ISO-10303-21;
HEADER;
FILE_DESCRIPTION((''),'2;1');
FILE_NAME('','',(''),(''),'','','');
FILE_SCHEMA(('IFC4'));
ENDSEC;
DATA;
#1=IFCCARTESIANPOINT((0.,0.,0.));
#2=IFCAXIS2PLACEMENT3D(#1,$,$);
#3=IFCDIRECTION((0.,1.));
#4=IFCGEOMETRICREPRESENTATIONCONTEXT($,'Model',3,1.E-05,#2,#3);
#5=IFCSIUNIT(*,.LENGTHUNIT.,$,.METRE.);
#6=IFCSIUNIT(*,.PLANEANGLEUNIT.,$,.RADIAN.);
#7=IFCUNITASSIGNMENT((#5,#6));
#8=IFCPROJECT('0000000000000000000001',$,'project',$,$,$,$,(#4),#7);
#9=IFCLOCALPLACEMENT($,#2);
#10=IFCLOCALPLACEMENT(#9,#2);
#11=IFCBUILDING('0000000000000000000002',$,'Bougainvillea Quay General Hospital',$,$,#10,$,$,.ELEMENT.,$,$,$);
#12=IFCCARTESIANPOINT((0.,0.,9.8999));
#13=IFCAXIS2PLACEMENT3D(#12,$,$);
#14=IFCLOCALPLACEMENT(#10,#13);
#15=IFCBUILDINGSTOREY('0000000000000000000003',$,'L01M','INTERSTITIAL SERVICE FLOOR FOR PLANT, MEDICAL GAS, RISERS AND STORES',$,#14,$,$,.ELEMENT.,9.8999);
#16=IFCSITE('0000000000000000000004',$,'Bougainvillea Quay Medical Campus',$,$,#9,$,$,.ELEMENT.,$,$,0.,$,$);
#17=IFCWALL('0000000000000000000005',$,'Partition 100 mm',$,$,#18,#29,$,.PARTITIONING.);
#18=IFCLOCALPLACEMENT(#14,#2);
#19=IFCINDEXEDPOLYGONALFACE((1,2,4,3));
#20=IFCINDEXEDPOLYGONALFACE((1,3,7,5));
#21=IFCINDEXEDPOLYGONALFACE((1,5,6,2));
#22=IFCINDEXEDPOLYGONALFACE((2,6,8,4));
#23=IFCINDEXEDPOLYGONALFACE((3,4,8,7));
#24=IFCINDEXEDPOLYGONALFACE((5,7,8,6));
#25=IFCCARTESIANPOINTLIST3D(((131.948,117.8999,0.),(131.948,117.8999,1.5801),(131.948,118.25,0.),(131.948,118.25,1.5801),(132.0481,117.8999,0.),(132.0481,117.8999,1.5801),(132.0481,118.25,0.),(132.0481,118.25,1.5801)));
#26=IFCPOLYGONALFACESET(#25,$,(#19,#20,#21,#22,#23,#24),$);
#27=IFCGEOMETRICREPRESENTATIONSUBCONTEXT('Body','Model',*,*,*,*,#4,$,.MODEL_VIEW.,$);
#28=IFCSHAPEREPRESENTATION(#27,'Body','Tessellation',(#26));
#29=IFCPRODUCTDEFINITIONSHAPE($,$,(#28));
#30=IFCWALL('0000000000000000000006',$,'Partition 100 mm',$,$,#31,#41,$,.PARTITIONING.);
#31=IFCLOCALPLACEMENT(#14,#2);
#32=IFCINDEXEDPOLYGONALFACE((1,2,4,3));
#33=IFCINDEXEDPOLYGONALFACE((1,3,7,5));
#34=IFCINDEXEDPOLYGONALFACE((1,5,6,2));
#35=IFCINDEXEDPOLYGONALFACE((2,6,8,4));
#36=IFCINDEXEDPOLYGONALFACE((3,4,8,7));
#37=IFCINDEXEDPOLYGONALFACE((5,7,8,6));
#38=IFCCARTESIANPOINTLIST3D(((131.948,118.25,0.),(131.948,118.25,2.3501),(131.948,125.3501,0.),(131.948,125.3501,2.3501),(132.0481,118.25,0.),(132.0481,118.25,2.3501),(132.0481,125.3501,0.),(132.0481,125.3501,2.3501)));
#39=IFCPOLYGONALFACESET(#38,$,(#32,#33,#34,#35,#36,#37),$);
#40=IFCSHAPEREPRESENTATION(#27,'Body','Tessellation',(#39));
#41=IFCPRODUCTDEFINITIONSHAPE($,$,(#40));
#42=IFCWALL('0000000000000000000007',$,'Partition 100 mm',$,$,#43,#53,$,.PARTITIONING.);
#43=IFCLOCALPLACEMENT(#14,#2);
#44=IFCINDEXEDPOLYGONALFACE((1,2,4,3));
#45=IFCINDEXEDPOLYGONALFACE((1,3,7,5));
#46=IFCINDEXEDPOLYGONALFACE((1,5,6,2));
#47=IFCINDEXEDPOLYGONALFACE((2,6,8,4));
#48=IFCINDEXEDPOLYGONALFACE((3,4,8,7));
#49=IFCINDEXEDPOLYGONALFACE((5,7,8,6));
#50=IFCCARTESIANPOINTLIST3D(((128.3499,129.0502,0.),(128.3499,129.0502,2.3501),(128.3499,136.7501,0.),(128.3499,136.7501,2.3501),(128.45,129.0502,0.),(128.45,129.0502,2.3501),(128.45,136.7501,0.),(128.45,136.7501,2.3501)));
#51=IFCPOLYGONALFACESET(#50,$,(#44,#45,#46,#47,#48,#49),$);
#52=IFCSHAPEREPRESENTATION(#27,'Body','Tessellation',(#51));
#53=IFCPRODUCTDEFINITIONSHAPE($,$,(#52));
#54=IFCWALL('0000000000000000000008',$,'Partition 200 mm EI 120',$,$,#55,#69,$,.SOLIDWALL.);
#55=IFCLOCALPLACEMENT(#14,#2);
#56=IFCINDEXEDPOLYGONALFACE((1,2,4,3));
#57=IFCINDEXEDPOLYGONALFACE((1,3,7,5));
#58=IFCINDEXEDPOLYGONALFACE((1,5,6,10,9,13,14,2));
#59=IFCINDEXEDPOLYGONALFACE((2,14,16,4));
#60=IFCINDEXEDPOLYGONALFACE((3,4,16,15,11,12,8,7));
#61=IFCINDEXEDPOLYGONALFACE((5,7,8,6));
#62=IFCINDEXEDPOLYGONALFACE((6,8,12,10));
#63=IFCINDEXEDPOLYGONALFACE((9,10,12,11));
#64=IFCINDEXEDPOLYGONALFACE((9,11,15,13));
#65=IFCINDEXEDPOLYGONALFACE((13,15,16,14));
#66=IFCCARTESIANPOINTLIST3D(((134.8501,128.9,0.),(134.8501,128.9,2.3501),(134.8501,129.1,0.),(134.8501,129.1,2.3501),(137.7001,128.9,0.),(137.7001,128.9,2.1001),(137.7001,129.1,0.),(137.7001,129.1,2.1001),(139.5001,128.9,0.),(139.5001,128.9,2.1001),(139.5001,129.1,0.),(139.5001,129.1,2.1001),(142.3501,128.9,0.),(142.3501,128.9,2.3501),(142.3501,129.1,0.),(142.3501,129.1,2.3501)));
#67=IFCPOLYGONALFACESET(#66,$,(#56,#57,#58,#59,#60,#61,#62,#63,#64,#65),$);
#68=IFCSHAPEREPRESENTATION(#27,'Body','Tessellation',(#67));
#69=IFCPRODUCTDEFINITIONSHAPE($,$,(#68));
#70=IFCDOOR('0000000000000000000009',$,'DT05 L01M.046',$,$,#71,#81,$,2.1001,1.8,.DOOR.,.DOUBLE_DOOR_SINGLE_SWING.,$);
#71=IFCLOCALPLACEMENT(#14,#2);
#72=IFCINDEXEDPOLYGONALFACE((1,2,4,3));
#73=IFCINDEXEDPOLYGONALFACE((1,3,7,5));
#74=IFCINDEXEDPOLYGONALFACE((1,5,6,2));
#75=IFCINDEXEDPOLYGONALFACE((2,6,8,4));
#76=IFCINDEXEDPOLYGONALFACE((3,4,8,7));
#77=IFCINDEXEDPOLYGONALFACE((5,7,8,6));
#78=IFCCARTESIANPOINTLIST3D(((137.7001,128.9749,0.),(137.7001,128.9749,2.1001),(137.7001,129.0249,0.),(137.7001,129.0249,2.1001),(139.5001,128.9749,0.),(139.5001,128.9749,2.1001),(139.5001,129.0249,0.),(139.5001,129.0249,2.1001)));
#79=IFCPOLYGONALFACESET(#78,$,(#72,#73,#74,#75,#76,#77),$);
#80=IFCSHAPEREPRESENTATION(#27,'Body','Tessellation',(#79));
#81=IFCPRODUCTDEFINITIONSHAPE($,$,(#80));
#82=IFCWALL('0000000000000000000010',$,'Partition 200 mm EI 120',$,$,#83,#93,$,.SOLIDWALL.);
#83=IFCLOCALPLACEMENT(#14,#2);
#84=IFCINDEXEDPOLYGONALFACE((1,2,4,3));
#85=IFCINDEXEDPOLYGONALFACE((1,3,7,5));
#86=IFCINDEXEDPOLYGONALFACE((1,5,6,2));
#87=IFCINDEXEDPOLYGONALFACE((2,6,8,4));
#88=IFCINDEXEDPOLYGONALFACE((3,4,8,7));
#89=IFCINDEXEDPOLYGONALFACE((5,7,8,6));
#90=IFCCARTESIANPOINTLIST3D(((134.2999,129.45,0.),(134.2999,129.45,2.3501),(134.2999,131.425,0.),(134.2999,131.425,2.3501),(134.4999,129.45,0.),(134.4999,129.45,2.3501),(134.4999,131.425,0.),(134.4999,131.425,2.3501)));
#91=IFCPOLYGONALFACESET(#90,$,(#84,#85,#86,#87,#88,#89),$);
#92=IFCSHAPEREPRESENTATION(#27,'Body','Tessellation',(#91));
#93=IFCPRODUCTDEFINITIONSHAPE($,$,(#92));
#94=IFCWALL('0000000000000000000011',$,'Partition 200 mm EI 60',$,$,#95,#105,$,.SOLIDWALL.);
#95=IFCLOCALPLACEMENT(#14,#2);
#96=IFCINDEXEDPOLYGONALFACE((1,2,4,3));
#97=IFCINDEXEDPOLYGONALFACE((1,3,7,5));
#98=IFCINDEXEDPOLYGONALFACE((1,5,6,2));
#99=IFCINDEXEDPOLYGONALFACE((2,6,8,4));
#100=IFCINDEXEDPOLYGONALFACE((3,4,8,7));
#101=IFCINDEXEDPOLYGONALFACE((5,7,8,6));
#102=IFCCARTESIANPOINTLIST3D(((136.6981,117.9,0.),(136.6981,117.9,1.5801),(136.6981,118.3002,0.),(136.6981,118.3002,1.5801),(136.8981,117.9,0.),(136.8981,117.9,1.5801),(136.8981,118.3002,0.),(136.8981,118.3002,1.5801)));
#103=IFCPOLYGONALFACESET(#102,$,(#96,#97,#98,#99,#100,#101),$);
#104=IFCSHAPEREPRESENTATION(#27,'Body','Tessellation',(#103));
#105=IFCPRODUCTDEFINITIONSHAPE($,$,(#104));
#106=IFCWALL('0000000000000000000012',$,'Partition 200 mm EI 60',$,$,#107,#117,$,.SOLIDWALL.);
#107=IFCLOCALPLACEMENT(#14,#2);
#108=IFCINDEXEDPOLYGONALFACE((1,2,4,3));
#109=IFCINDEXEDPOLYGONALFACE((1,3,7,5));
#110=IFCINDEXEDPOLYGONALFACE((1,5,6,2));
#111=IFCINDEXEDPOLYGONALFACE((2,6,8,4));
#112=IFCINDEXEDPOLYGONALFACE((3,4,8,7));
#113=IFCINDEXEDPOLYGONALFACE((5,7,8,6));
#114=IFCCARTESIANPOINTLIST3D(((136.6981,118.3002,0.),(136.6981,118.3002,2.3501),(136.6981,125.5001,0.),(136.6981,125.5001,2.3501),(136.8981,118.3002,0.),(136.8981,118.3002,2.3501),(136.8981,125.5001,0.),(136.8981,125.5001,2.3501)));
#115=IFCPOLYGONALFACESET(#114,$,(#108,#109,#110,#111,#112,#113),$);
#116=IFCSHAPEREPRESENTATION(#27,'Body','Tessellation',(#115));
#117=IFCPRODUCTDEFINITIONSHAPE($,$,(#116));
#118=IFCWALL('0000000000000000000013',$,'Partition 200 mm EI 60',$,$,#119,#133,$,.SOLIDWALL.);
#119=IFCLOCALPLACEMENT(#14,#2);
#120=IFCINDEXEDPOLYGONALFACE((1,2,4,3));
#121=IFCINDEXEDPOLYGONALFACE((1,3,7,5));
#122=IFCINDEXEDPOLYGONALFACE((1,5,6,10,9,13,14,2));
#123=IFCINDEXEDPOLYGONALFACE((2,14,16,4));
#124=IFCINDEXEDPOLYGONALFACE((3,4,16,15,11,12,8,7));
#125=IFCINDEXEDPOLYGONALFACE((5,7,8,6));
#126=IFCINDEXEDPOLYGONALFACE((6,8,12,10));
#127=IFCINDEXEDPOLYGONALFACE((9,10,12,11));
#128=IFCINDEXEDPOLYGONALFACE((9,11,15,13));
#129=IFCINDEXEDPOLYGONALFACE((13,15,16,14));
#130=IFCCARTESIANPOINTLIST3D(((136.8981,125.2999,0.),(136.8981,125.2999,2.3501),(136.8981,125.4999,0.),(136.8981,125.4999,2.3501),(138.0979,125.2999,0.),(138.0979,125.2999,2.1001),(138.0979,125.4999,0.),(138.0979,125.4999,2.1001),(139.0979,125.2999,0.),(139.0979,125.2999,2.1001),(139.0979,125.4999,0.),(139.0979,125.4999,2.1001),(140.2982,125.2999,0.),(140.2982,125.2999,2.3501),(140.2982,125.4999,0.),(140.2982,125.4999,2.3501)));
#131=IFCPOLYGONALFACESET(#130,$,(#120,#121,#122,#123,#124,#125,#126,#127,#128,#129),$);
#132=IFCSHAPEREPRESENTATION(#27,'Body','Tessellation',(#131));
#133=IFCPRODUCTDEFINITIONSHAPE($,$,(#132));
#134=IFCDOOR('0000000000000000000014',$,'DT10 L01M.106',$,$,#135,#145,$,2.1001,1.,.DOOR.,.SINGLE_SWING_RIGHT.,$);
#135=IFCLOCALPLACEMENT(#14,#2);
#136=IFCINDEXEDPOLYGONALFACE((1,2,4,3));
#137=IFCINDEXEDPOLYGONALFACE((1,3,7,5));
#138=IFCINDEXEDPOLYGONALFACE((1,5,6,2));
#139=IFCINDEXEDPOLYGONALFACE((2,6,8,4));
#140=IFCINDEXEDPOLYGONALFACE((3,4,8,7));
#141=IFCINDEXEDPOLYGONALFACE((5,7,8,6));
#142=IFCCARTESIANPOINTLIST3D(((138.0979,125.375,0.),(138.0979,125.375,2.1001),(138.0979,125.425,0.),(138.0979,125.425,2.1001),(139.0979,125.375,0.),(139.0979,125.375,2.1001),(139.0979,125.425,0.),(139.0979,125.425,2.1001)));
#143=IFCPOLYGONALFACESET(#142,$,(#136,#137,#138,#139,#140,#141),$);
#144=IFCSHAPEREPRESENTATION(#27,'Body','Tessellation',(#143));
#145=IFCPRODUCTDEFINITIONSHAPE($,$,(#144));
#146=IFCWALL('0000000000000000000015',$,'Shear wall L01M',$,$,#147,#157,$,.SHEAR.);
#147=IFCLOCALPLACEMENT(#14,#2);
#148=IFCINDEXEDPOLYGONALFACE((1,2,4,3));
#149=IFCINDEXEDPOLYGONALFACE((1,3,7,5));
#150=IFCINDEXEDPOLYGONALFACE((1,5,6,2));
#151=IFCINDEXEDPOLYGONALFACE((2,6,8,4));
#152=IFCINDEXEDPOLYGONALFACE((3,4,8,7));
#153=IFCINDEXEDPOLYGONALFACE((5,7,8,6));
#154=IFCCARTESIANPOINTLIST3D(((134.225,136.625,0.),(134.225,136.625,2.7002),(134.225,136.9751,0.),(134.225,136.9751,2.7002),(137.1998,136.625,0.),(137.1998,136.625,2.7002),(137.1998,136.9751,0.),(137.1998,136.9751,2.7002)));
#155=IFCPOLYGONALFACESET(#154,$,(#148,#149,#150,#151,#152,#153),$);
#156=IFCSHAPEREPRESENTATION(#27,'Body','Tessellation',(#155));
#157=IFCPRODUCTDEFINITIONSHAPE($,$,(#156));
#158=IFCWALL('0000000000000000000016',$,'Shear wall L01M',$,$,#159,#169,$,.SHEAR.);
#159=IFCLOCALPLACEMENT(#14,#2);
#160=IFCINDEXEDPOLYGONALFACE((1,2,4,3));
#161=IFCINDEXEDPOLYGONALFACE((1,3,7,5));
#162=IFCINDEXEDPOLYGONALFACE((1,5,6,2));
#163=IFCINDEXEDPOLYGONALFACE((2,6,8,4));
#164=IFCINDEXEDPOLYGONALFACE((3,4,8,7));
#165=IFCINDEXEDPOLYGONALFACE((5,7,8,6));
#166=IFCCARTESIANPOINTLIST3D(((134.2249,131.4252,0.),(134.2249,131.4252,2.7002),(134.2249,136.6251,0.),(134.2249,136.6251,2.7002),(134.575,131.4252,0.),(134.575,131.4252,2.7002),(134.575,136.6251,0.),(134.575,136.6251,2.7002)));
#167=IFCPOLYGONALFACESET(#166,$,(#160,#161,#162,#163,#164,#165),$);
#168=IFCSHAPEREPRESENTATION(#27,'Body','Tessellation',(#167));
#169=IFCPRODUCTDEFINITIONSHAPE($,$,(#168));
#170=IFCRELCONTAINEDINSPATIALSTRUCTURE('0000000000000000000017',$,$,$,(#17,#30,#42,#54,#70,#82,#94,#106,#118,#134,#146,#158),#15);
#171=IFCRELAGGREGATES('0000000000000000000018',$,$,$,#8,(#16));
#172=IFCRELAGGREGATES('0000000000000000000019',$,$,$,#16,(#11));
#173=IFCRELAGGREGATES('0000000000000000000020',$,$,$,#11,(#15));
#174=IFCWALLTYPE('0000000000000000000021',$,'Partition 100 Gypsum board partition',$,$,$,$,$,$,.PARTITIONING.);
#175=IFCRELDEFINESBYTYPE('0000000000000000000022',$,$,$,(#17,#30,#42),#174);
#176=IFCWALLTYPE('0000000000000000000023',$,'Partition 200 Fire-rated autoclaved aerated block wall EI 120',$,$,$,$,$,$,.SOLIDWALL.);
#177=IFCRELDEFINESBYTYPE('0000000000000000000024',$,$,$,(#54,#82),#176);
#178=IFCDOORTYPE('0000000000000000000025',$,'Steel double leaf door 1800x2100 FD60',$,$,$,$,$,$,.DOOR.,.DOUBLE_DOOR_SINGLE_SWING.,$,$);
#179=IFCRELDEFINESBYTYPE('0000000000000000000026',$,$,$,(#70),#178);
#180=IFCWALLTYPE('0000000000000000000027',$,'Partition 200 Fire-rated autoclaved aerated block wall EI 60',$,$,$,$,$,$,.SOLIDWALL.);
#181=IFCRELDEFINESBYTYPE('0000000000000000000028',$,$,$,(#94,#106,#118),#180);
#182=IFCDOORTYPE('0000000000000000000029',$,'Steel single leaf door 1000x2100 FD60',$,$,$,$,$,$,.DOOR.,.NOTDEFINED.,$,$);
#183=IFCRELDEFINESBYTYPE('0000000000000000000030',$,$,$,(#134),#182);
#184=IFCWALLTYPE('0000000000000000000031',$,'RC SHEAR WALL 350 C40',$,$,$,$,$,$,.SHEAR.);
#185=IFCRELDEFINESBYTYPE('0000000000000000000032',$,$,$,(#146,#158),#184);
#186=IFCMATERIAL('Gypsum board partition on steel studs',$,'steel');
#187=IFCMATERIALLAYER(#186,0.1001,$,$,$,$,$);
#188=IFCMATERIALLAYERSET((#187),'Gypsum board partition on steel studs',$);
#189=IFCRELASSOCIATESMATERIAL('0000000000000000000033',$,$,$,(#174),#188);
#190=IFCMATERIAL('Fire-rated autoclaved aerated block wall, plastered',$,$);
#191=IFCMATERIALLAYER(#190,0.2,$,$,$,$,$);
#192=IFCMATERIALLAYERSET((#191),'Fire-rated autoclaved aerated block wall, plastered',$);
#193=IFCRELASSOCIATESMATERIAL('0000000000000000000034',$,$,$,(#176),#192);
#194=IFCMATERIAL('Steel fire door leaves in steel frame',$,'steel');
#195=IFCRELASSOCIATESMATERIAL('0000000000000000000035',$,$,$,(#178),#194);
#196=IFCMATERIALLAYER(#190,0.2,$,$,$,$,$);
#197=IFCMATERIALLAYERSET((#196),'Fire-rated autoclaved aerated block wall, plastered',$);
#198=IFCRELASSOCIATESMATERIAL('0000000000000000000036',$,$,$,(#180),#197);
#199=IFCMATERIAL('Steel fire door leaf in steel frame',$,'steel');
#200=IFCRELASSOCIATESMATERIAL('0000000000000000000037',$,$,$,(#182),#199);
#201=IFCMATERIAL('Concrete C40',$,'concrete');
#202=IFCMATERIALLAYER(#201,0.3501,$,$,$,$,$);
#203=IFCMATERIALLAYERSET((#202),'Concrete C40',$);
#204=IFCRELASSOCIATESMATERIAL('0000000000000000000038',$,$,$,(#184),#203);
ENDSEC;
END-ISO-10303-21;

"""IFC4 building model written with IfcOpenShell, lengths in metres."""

from ifc_helpers import new_model, si_unit, direction, frame, frame_2d, origin, place, context, subcontext, project, spatial, rectangle, extrude, material, layer, layer_set, type_object, element, fill, save


model = new_model("IFC4")

# Units and contexts
model_context = context("Model", 3, precision=1e-05, world=origin(), true_north=direction((0.0, 1.0)))
body_context = subcontext(model_context, "Body", "Model", "MODEL_VIEW")
ifc_project = project(units=[si_unit("LENGTHUNIT", "METRE"), si_unit("PLANEANGLEUNIT", "RADIAN")], contexts=[model_context])

# Site, building, storey
site_placement = place(None, origin())
site = spatial("IfcSite", under=ifc_project, at=site_placement, Name="Bougainvillea Quay Medical Campus", CompositionType="ELEMENT", RefElevation=0.0)
building_placement = place(site_placement, origin())
building = spatial("IfcBuilding", under=site, at=building_placement, Name="Bougainvillea Quay General Hospital", CompositionType="ELEMENT")
storey_placement = place(building_placement, frame((0.0, 0.0, 9.8999)))
storey = spatial("IfcBuildingStorey", under=building, at=storey_placement, Name="L01M", Description="INTERSTITIAL SERVICE FLOOR FOR PLANT, MEDICAL GAS, RISERS AND STORES", CompositionType="ELEMENT", Elevation=9.8999)

# Shared definitions
ifc_material_1 = material(Name="Concrete C40", Category="concrete")

# Shared definitions
ifc_material_2 = material(Name="Gypsum board partition on steel studs", Category="steel")
ifc_layer_1 = layer(ifc_material_2, 0.1001)
ifc_layer_set_1 = layer_set([ifc_layer_1], Name="Gypsum board partition on steel studs")
wall_type_1 = type_object("IfcWallType", Name="Partition 100 Gypsum board partition", PredefinedType="PARTITIONING", material=ifc_layer_set_1)

# Walls
wall_1_placement = place(storey_placement, frame((131.998, 117.8999, 0.0), z_axis=(0.0, 0.0, 1.0), x_axis=(0.0, 1.0, 0.0)))
element("IfcWall", 1, at=wall_1_placement, inside=storey, type_object=wall_type_1, Name="Partition 100 mm", PredefinedType="PARTITIONING", context=body_context, shape_type="SweptSolid", body=[
    extrude(rectangle(XDim=0.3501, YDim=0.1001, at=frame_2d((0.175, 0.0))), origin(), (0.0, 0.0, 1.0), 1.5801),
])
wall_2_placement = place(storey_placement, frame((131.998, 118.25, 0.0), z_axis=(0.0, 0.0, 1.0), x_axis=(0.0, 1.0, 0.0)))
element("IfcWall", 2, at=wall_2_placement, inside=storey, type_object=wall_type_1, Name="Partition 100 mm", PredefinedType="PARTITIONING", context=body_context, shape_type="SweptSolid", body=[
    extrude(rectangle(XDim=7.1001, YDim=0.1001, at=frame_2d((3.55, 0.0))), origin(), (0.0, 0.0, 1.0), 2.3501),
])
wall_3_placement = place(storey_placement, frame((128.3999, 129.05, 0.0), z_axis=(0.0, 0.0, 1.0), x_axis=(0.0, 1.0, 0.0)))
element("IfcWall", 3, at=wall_3_placement, inside=storey, type_object=wall_type_1, Name="Partition 100 mm", PredefinedType="PARTITIONING", context=body_context, shape_type="SweptSolid", body=[
    extrude(rectangle(XDim=7.7, YDim=0.1001, at=frame_2d((3.8501, 0.0))), origin(), (0.0, 0.0, 1.0), 2.3501),
])

# Wall, opening, door
ifc_material_3 = material(Name="Fire-rated autoclaved aerated block wall, plastered")
ifc_layer_2 = layer(ifc_material_3, 0.2)
ifc_layer_set_2 = layer_set([ifc_layer_2], Name="Fire-rated autoclaved aerated block wall, plastered")
wall_type_2 = type_object("IfcWallType", Name="Partition 200 Fire-rated autoclaved aerated block wall EI 120", PredefinedType="SOLIDWALL", material=ifc_layer_set_2)
wall_4_placement = place(storey_placement, frame((134.8501, 129.0, 0.0), z_axis=(0.0, 0.0, 1.0), x_axis=(1.0, 0.0, 0.0)))
wall_4 = element("IfcWall", 4, at=wall_4_placement, inside=storey, type_object=wall_type_2, Name="Partition 200 mm EI 120", PredefinedType="SOLIDWALL", context=body_context, shape_type="SweptSolid", body=[
    extrude(rectangle(XDim=7.5, YDim=0.2, at=frame_2d((3.75, 0.0))), origin(), (0.0, 0.0, 1.0), 2.3501),
])
opening_1_placement = place(wall_4_placement, frame((2.8501, 0.0, 0.0)))
opening_1 = element("IfcOpeningElement", 5, at=opening_1_placement, cuts=wall_4, PredefinedType="OPENING", context=body_context, shape_type="SweptSolid", body=[
    extrude(rectangle(XDim=1.8, YDim=2.1001, at=frame_2d((0.8999, 1.05))), frame((0.0, 0.1099, 0.0), z_axis=(0.0, -1.0, 0.0), x_axis=(1.0, 0.0, 0.0)), (0.0, 0.0, 1.0), 0.22),
])
ifc_material_4 = material(Name="Steel fire door leaves in steel frame", Category="steel")
door_type_1 = type_object("IfcDoorType", Name="Steel double leaf door 1800x2100 FD60", OperationType="DOUBLE_DOOR_SINGLE_SWING", PredefinedType="DOOR", material=ifc_material_4)
door_1_placement = place(opening_1_placement, origin())
door_1 = element("IfcDoor", 6, at=door_1_placement, inside=storey, type_object=door_type_1, Name="DT05 L01M.046", OperationType="DOUBLE_DOOR_SINGLE_SWING", OverallHeight=2.1001, OverallWidth=1.8, PredefinedType="DOOR", context=body_context, shape_type="SweptSolid", body=[
    extrude(rectangle(XDim=1.8, YDim=2.1001, at=frame_2d((0.8999, 1.05))), frame((0.0, 0.0249, 0.0), z_axis=(0.0, -1.0, 0.0), x_axis=(1.0, 0.0, 0.0)), (0.0, 0.0, 1.0), 0.05),
])
fill(opening_1, door_1)

# Walls
wall_5_placement = place(storey_placement, frame((134.3999, 129.45, 0.0), z_axis=(0.0, 0.0, 1.0), x_axis=(0.0, 1.0, 0.0)))
element("IfcWall", 7, at=wall_5_placement, inside=storey, type_object=wall_type_2, Name="Partition 200 mm EI 120", PredefinedType="SOLIDWALL", context=body_context, shape_type="SweptSolid", body=[
    extrude(rectangle(XDim=1.9751, YDim=0.2, at=frame_2d((0.9875, 0.0))), origin(), (0.0, 0.0, 1.0), 2.3501),
])
ifc_layer_3 = layer(ifc_material_3, 0.2)
ifc_layer_set_3 = layer_set([ifc_layer_3], Name="Fire-rated autoclaved aerated block wall, plastered")
wall_type_3 = type_object("IfcWallType", Name="Partition 200 Fire-rated autoclaved aerated block wall EI 60", PredefinedType="SOLIDWALL", material=ifc_layer_set_3)
wall_6_placement = place(storey_placement, frame((136.7981, 117.8999, 0.0), z_axis=(0.0, 0.0, 1.0), x_axis=(0.0, 1.0, 0.0)))
element("IfcWall", 8, at=wall_6_placement, inside=storey, type_object=wall_type_3, Name="Partition 200 mm EI 60", PredefinedType="SOLIDWALL", context=body_context, shape_type="SweptSolid", body=[
    extrude(rectangle(XDim=0.4001, YDim=0.2, at=frame_2d((0.2002, 0.0))), origin(), (0.0, 0.0, 1.0), 1.5801),
])
wall_7_placement = place(storey_placement, frame((136.7981, 118.3, 0.0), z_axis=(0.0, 0.0, 1.0), x_axis=(0.0, 1.0, 0.0)))
element("IfcWall", 9, at=wall_7_placement, inside=storey, type_object=wall_type_3, Name="Partition 200 mm EI 60", PredefinedType="SOLIDWALL", context=body_context, shape_type="SweptSolid", body=[
    extrude(rectangle(XDim=7.2, YDim=0.2, at=frame_2d((3.6001, 0.0))), origin(), (0.0, 0.0, 1.0), 2.3501),
])

# Wall, opening, door
wall_8_placement = place(storey_placement, frame((136.8979, 125.3999, 0.0), z_axis=(0.0, 0.0, 1.0), x_axis=(1.0, 0.0, 0.0)))
wall_8 = element("IfcWall", 10, at=wall_8_placement, inside=storey, type_object=wall_type_3, Name="Partition 200 mm EI 60", PredefinedType="SOLIDWALL", context=body_context, shape_type="SweptSolid", body=[
    extrude(rectangle(XDim=3.4001, YDim=0.2, at=frame_2d((1.7002, 0.0))), origin(), (0.0, 0.0, 1.0), 2.3501),
])
opening_2_placement = place(wall_8_placement, frame((1.2, 0.0, 0.0)))
opening_2 = element("IfcOpeningElement", 11, at=opening_2_placement, cuts=wall_8, PredefinedType="OPENING", context=body_context, shape_type="SweptSolid", body=[
    extrude(rectangle(XDim=1.0, YDim=2.1001, at=frame_2d((0.5, 1.05))), frame((0.0, 0.1099, 0.0), z_axis=(0.0, -1.0, 0.0), x_axis=(1.0, 0.0, 0.0)), (0.0, 0.0, 1.0), 0.22),
])
ifc_material_5 = material(Name="Steel fire door leaf in steel frame", Category="steel")
door_type_2 = type_object("IfcDoorType", Name="Steel single leaf door 1000x2100 FD60", OperationType="NOTDEFINED", PredefinedType="DOOR", material=ifc_material_5)
door_2_placement = place(opening_2_placement, frame((1.0, 0.0, 0.0), z_axis=(0.0, 0.0, 1.0), x_axis=(-1.0, 0.0, 0.0)))
door_2 = element("IfcDoor", 12, at=door_2_placement, inside=storey, type_object=door_type_2, Name="DT10 L01M.106", OperationType="SINGLE_SWING_RIGHT", OverallHeight=2.1001, OverallWidth=1.0, PredefinedType="DOOR", context=body_context, shape_type="SweptSolid", body=[
    extrude(rectangle(XDim=1.0, YDim=2.1001, at=frame_2d((0.5, 1.05))), frame((0.0, 0.0249, 0.0), z_axis=(0.0, -1.0, 0.0), x_axis=(1.0, 0.0, 0.0)), (0.0, 0.0, 1.0), 0.05),
])
fill(opening_2, door_2)

# Walls
ifc_layer_4 = layer(ifc_material_1, 0.3501)
ifc_layer_set_4 = layer_set([ifc_layer_4], Name="Concrete C40")
wall_type_4 = type_object("IfcWallType", Name="RC SHEAR WALL 350 C40", PredefinedType="SHEAR", material=ifc_layer_set_4)
wall_9_placement = place(storey_placement, frame((134.2251, 136.8, 0.0), z_axis=(0.0, 0.0, 1.0), x_axis=(1.0, 0.0, 0.0)))
element("IfcWall", 13, at=wall_9_placement, inside=storey, type_object=wall_type_4, Name="Shear wall L01M", PredefinedType="SHEAR", context=body_context, shape_type="SweptSolid", body=[
    extrude(rectangle(XDim=2.9749, YDim=0.3501, at=frame_2d((1.4873, 0.0))), origin(), (0.0, 0.0, 1.0), 2.7002),
])
wall_10_placement = place(storey_placement, frame((134.3999, 131.425, 0.0), z_axis=(0.0, 0.0, 1.0), x_axis=(0.0, 1.0, 0.0)))
element("IfcWall", 14, at=wall_10_placement, inside=storey, type_object=wall_type_4, Name="Shear wall L01M", PredefinedType="SHEAR", context=body_context, shape_type="SweptSolid", body=[
    extrude(rectangle(XDim=5.2, YDim=0.3501, at=frame_2d((2.6001, 0.0))), origin(), (0.0, 0.0, 1.0), 2.7002),
])

save(model, "model.ifc")
